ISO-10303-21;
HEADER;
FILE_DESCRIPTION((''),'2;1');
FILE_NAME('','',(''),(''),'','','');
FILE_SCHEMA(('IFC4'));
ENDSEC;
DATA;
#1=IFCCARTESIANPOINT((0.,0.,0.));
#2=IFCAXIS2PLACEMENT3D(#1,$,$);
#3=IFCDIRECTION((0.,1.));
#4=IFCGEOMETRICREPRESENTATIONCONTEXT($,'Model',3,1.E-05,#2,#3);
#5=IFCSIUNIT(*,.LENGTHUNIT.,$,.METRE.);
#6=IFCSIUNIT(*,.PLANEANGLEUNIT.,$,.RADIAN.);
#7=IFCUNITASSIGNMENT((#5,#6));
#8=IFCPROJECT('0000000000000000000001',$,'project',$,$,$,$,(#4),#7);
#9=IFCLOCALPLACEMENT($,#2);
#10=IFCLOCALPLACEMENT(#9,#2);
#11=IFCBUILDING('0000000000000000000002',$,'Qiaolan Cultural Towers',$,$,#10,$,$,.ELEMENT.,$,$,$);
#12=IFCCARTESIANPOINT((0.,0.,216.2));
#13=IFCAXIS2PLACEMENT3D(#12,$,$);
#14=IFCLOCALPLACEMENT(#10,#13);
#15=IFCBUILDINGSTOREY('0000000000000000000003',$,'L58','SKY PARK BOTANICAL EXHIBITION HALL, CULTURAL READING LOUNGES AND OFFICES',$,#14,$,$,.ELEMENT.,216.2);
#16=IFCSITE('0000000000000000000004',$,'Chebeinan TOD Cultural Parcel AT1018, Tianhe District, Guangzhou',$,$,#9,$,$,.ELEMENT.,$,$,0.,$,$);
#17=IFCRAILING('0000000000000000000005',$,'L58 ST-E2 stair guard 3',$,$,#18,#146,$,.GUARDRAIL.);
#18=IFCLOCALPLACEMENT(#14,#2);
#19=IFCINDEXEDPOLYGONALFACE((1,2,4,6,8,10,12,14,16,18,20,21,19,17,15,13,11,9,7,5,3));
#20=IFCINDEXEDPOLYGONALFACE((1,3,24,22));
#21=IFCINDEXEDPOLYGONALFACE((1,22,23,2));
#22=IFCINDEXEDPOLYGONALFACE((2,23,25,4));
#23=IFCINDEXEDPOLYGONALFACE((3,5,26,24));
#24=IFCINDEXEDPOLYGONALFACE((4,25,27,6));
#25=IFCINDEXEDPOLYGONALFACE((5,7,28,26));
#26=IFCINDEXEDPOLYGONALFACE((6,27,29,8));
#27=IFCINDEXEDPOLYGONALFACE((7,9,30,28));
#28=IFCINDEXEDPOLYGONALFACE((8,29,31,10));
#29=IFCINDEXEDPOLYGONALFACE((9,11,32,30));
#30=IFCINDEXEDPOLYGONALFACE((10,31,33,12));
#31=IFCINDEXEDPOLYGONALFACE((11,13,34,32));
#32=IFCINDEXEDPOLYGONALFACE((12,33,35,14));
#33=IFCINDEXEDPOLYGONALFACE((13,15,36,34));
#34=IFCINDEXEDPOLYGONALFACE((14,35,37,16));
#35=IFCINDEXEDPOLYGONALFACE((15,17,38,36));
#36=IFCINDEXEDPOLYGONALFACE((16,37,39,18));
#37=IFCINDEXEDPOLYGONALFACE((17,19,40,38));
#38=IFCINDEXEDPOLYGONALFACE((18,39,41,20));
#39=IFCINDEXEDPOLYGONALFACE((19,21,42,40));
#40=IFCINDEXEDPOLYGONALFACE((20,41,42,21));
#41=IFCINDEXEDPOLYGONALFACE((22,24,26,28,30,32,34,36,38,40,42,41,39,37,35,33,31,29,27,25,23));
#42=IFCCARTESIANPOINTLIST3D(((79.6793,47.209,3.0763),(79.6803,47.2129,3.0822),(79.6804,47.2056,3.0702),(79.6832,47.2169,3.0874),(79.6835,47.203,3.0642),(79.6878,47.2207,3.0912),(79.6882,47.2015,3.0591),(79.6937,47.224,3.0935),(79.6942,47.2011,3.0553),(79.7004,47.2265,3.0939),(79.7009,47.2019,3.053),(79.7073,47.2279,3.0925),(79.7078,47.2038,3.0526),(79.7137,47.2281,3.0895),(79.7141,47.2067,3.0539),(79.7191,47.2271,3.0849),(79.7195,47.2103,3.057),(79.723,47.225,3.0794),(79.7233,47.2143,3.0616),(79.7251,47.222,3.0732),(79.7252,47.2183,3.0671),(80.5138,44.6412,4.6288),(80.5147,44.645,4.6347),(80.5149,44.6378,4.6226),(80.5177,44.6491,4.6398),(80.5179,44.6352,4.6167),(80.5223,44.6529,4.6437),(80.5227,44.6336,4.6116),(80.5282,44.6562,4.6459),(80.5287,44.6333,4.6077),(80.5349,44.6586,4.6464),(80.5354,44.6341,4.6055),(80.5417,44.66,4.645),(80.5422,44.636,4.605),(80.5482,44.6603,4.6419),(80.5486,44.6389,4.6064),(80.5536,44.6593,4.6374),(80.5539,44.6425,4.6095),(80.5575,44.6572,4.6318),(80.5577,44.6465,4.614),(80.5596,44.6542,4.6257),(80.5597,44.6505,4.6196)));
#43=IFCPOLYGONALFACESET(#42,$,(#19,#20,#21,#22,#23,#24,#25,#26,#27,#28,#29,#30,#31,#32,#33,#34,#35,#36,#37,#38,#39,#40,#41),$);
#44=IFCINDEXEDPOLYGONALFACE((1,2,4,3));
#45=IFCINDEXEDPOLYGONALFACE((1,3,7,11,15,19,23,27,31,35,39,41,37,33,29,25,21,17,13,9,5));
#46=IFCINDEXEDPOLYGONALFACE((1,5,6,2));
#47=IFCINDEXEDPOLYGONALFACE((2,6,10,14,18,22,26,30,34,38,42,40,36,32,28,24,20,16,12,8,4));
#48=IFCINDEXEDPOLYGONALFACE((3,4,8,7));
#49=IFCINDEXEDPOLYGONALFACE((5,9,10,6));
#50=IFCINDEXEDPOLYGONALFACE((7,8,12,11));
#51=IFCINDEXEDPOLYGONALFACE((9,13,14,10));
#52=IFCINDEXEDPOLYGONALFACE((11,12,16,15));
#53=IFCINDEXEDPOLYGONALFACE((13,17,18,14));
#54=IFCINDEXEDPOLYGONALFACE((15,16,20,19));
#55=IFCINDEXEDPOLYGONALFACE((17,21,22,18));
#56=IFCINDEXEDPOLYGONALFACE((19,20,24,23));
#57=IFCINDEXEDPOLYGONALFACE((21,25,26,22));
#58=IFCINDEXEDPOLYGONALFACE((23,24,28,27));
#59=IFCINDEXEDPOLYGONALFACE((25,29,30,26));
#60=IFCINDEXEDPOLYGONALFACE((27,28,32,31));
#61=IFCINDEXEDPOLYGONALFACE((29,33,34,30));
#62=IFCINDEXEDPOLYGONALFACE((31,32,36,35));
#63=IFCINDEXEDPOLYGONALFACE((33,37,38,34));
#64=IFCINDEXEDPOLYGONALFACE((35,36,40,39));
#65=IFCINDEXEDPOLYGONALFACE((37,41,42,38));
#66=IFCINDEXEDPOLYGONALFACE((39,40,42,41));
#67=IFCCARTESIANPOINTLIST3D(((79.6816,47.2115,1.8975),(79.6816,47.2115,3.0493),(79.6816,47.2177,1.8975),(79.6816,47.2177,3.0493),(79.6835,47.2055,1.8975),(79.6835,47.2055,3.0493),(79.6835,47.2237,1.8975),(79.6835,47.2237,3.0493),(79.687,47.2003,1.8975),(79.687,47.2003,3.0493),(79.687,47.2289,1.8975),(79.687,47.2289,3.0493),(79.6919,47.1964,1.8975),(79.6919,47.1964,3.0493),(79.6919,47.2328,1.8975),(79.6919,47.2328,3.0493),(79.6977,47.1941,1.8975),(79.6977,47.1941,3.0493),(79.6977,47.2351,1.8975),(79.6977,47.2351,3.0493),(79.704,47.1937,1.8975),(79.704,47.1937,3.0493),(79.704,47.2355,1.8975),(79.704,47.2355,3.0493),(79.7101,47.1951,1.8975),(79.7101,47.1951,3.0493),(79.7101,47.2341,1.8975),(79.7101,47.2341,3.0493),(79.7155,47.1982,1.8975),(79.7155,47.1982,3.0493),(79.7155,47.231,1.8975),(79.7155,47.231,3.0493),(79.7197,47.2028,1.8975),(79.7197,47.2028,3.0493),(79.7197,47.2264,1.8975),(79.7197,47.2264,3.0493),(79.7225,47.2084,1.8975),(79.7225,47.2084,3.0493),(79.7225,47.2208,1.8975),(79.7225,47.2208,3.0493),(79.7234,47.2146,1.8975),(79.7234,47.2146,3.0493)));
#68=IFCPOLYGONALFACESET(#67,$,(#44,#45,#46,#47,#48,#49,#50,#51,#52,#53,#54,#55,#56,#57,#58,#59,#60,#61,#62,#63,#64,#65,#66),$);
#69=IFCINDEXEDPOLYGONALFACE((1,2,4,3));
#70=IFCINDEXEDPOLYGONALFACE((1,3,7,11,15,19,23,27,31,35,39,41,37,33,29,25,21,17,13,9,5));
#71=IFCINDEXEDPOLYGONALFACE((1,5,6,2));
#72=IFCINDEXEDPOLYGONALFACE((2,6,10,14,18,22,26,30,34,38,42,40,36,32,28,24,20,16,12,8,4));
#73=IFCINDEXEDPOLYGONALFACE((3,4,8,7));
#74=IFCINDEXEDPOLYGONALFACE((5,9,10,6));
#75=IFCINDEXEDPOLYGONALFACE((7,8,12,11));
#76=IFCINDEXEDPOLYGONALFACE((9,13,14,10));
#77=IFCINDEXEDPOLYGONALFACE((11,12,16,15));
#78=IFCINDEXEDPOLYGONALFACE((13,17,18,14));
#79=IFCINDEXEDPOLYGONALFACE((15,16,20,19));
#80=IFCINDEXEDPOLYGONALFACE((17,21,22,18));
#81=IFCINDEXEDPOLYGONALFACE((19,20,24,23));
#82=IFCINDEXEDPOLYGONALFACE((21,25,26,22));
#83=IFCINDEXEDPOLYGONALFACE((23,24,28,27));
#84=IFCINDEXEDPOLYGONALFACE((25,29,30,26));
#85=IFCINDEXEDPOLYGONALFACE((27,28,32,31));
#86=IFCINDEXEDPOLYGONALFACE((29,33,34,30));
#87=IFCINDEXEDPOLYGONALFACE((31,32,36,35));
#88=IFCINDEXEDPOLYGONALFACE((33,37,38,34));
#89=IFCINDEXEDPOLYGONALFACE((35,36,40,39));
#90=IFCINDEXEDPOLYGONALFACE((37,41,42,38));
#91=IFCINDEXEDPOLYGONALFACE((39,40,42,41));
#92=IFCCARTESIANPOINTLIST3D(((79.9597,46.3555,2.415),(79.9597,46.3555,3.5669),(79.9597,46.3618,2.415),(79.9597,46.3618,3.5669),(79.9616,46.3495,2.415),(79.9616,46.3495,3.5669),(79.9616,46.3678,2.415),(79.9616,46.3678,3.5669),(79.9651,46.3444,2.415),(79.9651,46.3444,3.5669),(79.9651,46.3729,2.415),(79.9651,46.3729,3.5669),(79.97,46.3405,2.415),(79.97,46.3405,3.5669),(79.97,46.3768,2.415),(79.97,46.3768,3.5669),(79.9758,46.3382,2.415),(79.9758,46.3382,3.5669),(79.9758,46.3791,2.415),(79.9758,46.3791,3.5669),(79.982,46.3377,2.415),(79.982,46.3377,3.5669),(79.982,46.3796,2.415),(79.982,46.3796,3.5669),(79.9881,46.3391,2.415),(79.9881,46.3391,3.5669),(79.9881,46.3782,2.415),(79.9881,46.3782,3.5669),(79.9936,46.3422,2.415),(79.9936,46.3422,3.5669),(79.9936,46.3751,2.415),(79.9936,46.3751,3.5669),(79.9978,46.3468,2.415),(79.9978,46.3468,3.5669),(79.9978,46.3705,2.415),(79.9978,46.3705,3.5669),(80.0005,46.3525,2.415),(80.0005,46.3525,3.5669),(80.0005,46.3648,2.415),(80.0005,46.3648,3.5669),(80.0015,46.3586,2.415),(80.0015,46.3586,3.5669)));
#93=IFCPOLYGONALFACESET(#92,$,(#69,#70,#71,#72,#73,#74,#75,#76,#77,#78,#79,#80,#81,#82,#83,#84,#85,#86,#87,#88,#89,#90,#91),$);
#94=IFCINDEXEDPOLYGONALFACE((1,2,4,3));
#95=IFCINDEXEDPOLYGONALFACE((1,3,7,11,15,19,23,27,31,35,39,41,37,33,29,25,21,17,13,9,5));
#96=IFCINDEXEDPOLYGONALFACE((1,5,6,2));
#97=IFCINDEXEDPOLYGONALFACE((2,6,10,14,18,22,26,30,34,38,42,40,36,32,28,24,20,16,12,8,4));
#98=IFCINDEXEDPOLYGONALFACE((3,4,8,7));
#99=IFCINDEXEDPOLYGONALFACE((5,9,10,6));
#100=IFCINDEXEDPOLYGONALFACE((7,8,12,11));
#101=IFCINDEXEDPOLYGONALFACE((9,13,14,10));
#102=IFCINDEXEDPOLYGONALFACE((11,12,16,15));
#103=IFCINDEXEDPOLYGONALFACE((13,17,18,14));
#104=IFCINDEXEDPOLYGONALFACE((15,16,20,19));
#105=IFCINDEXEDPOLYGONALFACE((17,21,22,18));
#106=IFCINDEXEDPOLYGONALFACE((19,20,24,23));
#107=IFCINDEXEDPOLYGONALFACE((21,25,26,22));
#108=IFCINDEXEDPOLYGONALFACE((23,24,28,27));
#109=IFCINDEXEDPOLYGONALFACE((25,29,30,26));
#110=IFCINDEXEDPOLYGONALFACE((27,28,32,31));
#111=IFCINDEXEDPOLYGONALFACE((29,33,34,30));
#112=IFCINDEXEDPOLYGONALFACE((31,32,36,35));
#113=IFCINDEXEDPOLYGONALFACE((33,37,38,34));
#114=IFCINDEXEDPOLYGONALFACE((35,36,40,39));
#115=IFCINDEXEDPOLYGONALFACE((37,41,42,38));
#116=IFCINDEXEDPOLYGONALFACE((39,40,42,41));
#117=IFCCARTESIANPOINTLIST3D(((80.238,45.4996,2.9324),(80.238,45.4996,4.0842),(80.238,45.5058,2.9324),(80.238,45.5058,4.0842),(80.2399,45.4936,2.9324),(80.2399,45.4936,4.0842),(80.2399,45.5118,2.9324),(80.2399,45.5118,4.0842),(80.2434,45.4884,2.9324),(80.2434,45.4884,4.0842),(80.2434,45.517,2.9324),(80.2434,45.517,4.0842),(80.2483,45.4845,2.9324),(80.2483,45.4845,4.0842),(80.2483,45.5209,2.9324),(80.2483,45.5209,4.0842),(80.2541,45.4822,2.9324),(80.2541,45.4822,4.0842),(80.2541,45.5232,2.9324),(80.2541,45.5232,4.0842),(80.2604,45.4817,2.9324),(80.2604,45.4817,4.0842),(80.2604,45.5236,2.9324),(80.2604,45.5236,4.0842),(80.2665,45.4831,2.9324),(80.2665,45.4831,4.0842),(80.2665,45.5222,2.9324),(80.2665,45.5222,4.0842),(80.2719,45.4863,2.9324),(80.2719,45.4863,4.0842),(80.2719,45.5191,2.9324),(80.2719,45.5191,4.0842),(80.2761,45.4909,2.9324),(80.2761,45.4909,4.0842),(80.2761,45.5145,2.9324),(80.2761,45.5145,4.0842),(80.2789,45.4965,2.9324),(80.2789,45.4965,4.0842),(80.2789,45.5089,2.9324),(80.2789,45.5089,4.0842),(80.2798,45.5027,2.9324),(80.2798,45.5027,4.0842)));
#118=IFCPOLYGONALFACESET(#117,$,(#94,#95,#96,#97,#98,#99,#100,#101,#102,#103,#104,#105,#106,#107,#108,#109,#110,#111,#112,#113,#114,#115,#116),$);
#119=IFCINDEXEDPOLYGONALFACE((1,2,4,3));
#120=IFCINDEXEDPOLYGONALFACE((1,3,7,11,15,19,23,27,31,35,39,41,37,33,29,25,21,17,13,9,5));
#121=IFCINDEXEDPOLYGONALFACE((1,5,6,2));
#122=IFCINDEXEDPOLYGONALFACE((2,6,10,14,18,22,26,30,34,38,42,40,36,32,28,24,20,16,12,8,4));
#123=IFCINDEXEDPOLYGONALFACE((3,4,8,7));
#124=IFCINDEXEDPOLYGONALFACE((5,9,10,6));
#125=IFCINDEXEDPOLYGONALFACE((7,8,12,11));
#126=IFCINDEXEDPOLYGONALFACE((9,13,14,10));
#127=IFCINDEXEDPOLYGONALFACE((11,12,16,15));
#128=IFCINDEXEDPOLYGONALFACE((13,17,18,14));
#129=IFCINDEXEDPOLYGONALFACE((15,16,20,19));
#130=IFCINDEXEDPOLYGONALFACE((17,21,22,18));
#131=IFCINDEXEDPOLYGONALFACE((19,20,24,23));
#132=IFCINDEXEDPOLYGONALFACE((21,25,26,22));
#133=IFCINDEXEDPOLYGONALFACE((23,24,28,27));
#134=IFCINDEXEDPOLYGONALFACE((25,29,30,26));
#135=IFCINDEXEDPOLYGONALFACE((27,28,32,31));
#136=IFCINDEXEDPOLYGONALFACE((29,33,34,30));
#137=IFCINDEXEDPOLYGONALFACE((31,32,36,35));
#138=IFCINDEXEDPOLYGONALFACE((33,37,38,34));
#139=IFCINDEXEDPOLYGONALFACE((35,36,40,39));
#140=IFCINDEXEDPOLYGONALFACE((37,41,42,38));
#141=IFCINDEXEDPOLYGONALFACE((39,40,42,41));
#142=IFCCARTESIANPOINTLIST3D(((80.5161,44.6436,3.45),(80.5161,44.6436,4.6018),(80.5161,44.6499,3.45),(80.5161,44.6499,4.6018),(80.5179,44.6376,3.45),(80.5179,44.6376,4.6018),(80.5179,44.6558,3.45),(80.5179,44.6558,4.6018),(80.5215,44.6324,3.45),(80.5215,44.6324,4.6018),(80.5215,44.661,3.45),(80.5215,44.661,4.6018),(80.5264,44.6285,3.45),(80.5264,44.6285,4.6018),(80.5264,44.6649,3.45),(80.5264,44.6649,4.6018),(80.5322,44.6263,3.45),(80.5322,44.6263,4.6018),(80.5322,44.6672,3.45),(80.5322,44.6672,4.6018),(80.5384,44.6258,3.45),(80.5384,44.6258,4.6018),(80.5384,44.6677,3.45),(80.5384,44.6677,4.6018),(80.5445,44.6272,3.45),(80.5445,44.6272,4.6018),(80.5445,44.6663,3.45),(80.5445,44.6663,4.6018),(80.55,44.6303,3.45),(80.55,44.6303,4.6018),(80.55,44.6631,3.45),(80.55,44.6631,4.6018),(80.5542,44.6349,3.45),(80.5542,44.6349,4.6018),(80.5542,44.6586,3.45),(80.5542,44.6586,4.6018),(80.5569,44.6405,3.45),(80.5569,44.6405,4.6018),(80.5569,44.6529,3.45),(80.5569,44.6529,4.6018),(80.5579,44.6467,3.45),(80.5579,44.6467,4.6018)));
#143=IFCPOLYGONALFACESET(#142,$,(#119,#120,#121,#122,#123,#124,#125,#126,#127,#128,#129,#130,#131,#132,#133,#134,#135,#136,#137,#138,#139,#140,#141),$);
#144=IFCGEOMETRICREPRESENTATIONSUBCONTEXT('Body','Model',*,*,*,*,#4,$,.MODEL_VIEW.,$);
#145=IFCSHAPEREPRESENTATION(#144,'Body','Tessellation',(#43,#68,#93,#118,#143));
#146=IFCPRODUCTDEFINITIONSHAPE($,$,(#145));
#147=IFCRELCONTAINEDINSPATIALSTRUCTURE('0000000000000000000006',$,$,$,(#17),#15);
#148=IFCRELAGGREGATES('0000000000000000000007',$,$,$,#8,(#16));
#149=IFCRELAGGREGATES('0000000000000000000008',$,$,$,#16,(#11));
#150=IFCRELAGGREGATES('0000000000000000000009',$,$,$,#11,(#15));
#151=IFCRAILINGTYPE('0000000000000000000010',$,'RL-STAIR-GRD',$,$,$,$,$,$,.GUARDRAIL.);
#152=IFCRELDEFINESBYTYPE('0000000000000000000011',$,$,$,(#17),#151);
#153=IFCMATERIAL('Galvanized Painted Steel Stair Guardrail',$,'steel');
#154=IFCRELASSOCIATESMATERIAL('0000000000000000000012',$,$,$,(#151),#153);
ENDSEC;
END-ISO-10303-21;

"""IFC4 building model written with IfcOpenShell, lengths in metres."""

from ifc_helpers import new_model, si_unit, direction, frame, origin, origin_2d, place, context, subcontext, project, spatial, circle, extrude, material, type_object, element, save


model = new_model("IFC4")

# Units and contexts
model_context = context("Model", 3, precision=1e-05, world=origin(), true_north=direction((0.0, 1.0)))
body_context = subcontext(model_context, "Body", "Model", "MODEL_VIEW")
ifc_project = project(units=[si_unit("LENGTHUNIT", "METRE"), si_unit("PLANEANGLEUNIT", "RADIAN")], contexts=[model_context])

# Site, building, storey
site_placement = place(None, origin())
site = spatial("IfcSite", under=ifc_project, at=site_placement, Name="Chebeinan TOD Cultural Parcel AT1018, Tianhe District, Guangzhou", CompositionType="ELEMENT", RefElevation=0.0)
building_placement = place(site_placement, origin())
building = spatial("IfcBuilding", under=site, at=building_placement, Name="Qiaolan Cultural Towers", CompositionType="ELEMENT")
storey_placement = place(building_placement, frame((0.0, 0.0, 216.2)))
storey = spatial("IfcBuildingStorey", under=building, at=storey_placement, Name="L58", Description="SKY PARK BOTANICAL EXHIBITION HALL, CULTURAL READING LOUNGES AND OFFICES", CompositionType="ELEMENT", Elevation=216.2)

# Railing
ifc_material_1 = material(Name="Galvanized Painted Steel Stair Guardrail", Category="steel")
railing_type_1 = type_object("IfcRailingType", Name="RL-STAIR-GRD", PredefinedType="GUARDRAIL", material=ifc_material_1)
railing_1_placement = place(storey_placement, frame((79.7024, 47.2146, 1.8975)))
element("IfcRailing", 1, at=railing_1_placement, inside=storey, type_object=railing_type_1, Name="L58 ST-E2 stair guard 3", PredefinedType="GUARDRAIL", context=body_context, shape_type="SweptSolid", body=[
    extrude(circle(Radius=0.0239, at=origin_2d()), frame((0.0, 0.0, 1.1758), z_axis=(0.267926, -0.824471, 0.498461), x_axis=(0.951043, 0.309057, 0.0)), (0.0, 0.0, 1.0), 3.1145),
    extrude(circle(Radius=0.021, at=origin_2d()), origin(), (0.0, 0.0, 1.0), 1.1519),
    extrude(circle(Radius=0.021, at=origin_2d()), frame((0.2781, -0.856, 0.5176)), (0.0, 0.0, 1.0), 1.1519),
    extrude(circle(Radius=0.021, at=origin_2d()), frame((0.5564, -1.7119, 1.0349)), (0.0, 0.0, 1.0), 1.1519),
    extrude(circle(Radius=0.021, at=origin_2d()), frame((0.8345, -2.5679, 1.5525)), (0.0, 0.0, 1.0), 1.1519),
])

save(model, "model.ifc")
